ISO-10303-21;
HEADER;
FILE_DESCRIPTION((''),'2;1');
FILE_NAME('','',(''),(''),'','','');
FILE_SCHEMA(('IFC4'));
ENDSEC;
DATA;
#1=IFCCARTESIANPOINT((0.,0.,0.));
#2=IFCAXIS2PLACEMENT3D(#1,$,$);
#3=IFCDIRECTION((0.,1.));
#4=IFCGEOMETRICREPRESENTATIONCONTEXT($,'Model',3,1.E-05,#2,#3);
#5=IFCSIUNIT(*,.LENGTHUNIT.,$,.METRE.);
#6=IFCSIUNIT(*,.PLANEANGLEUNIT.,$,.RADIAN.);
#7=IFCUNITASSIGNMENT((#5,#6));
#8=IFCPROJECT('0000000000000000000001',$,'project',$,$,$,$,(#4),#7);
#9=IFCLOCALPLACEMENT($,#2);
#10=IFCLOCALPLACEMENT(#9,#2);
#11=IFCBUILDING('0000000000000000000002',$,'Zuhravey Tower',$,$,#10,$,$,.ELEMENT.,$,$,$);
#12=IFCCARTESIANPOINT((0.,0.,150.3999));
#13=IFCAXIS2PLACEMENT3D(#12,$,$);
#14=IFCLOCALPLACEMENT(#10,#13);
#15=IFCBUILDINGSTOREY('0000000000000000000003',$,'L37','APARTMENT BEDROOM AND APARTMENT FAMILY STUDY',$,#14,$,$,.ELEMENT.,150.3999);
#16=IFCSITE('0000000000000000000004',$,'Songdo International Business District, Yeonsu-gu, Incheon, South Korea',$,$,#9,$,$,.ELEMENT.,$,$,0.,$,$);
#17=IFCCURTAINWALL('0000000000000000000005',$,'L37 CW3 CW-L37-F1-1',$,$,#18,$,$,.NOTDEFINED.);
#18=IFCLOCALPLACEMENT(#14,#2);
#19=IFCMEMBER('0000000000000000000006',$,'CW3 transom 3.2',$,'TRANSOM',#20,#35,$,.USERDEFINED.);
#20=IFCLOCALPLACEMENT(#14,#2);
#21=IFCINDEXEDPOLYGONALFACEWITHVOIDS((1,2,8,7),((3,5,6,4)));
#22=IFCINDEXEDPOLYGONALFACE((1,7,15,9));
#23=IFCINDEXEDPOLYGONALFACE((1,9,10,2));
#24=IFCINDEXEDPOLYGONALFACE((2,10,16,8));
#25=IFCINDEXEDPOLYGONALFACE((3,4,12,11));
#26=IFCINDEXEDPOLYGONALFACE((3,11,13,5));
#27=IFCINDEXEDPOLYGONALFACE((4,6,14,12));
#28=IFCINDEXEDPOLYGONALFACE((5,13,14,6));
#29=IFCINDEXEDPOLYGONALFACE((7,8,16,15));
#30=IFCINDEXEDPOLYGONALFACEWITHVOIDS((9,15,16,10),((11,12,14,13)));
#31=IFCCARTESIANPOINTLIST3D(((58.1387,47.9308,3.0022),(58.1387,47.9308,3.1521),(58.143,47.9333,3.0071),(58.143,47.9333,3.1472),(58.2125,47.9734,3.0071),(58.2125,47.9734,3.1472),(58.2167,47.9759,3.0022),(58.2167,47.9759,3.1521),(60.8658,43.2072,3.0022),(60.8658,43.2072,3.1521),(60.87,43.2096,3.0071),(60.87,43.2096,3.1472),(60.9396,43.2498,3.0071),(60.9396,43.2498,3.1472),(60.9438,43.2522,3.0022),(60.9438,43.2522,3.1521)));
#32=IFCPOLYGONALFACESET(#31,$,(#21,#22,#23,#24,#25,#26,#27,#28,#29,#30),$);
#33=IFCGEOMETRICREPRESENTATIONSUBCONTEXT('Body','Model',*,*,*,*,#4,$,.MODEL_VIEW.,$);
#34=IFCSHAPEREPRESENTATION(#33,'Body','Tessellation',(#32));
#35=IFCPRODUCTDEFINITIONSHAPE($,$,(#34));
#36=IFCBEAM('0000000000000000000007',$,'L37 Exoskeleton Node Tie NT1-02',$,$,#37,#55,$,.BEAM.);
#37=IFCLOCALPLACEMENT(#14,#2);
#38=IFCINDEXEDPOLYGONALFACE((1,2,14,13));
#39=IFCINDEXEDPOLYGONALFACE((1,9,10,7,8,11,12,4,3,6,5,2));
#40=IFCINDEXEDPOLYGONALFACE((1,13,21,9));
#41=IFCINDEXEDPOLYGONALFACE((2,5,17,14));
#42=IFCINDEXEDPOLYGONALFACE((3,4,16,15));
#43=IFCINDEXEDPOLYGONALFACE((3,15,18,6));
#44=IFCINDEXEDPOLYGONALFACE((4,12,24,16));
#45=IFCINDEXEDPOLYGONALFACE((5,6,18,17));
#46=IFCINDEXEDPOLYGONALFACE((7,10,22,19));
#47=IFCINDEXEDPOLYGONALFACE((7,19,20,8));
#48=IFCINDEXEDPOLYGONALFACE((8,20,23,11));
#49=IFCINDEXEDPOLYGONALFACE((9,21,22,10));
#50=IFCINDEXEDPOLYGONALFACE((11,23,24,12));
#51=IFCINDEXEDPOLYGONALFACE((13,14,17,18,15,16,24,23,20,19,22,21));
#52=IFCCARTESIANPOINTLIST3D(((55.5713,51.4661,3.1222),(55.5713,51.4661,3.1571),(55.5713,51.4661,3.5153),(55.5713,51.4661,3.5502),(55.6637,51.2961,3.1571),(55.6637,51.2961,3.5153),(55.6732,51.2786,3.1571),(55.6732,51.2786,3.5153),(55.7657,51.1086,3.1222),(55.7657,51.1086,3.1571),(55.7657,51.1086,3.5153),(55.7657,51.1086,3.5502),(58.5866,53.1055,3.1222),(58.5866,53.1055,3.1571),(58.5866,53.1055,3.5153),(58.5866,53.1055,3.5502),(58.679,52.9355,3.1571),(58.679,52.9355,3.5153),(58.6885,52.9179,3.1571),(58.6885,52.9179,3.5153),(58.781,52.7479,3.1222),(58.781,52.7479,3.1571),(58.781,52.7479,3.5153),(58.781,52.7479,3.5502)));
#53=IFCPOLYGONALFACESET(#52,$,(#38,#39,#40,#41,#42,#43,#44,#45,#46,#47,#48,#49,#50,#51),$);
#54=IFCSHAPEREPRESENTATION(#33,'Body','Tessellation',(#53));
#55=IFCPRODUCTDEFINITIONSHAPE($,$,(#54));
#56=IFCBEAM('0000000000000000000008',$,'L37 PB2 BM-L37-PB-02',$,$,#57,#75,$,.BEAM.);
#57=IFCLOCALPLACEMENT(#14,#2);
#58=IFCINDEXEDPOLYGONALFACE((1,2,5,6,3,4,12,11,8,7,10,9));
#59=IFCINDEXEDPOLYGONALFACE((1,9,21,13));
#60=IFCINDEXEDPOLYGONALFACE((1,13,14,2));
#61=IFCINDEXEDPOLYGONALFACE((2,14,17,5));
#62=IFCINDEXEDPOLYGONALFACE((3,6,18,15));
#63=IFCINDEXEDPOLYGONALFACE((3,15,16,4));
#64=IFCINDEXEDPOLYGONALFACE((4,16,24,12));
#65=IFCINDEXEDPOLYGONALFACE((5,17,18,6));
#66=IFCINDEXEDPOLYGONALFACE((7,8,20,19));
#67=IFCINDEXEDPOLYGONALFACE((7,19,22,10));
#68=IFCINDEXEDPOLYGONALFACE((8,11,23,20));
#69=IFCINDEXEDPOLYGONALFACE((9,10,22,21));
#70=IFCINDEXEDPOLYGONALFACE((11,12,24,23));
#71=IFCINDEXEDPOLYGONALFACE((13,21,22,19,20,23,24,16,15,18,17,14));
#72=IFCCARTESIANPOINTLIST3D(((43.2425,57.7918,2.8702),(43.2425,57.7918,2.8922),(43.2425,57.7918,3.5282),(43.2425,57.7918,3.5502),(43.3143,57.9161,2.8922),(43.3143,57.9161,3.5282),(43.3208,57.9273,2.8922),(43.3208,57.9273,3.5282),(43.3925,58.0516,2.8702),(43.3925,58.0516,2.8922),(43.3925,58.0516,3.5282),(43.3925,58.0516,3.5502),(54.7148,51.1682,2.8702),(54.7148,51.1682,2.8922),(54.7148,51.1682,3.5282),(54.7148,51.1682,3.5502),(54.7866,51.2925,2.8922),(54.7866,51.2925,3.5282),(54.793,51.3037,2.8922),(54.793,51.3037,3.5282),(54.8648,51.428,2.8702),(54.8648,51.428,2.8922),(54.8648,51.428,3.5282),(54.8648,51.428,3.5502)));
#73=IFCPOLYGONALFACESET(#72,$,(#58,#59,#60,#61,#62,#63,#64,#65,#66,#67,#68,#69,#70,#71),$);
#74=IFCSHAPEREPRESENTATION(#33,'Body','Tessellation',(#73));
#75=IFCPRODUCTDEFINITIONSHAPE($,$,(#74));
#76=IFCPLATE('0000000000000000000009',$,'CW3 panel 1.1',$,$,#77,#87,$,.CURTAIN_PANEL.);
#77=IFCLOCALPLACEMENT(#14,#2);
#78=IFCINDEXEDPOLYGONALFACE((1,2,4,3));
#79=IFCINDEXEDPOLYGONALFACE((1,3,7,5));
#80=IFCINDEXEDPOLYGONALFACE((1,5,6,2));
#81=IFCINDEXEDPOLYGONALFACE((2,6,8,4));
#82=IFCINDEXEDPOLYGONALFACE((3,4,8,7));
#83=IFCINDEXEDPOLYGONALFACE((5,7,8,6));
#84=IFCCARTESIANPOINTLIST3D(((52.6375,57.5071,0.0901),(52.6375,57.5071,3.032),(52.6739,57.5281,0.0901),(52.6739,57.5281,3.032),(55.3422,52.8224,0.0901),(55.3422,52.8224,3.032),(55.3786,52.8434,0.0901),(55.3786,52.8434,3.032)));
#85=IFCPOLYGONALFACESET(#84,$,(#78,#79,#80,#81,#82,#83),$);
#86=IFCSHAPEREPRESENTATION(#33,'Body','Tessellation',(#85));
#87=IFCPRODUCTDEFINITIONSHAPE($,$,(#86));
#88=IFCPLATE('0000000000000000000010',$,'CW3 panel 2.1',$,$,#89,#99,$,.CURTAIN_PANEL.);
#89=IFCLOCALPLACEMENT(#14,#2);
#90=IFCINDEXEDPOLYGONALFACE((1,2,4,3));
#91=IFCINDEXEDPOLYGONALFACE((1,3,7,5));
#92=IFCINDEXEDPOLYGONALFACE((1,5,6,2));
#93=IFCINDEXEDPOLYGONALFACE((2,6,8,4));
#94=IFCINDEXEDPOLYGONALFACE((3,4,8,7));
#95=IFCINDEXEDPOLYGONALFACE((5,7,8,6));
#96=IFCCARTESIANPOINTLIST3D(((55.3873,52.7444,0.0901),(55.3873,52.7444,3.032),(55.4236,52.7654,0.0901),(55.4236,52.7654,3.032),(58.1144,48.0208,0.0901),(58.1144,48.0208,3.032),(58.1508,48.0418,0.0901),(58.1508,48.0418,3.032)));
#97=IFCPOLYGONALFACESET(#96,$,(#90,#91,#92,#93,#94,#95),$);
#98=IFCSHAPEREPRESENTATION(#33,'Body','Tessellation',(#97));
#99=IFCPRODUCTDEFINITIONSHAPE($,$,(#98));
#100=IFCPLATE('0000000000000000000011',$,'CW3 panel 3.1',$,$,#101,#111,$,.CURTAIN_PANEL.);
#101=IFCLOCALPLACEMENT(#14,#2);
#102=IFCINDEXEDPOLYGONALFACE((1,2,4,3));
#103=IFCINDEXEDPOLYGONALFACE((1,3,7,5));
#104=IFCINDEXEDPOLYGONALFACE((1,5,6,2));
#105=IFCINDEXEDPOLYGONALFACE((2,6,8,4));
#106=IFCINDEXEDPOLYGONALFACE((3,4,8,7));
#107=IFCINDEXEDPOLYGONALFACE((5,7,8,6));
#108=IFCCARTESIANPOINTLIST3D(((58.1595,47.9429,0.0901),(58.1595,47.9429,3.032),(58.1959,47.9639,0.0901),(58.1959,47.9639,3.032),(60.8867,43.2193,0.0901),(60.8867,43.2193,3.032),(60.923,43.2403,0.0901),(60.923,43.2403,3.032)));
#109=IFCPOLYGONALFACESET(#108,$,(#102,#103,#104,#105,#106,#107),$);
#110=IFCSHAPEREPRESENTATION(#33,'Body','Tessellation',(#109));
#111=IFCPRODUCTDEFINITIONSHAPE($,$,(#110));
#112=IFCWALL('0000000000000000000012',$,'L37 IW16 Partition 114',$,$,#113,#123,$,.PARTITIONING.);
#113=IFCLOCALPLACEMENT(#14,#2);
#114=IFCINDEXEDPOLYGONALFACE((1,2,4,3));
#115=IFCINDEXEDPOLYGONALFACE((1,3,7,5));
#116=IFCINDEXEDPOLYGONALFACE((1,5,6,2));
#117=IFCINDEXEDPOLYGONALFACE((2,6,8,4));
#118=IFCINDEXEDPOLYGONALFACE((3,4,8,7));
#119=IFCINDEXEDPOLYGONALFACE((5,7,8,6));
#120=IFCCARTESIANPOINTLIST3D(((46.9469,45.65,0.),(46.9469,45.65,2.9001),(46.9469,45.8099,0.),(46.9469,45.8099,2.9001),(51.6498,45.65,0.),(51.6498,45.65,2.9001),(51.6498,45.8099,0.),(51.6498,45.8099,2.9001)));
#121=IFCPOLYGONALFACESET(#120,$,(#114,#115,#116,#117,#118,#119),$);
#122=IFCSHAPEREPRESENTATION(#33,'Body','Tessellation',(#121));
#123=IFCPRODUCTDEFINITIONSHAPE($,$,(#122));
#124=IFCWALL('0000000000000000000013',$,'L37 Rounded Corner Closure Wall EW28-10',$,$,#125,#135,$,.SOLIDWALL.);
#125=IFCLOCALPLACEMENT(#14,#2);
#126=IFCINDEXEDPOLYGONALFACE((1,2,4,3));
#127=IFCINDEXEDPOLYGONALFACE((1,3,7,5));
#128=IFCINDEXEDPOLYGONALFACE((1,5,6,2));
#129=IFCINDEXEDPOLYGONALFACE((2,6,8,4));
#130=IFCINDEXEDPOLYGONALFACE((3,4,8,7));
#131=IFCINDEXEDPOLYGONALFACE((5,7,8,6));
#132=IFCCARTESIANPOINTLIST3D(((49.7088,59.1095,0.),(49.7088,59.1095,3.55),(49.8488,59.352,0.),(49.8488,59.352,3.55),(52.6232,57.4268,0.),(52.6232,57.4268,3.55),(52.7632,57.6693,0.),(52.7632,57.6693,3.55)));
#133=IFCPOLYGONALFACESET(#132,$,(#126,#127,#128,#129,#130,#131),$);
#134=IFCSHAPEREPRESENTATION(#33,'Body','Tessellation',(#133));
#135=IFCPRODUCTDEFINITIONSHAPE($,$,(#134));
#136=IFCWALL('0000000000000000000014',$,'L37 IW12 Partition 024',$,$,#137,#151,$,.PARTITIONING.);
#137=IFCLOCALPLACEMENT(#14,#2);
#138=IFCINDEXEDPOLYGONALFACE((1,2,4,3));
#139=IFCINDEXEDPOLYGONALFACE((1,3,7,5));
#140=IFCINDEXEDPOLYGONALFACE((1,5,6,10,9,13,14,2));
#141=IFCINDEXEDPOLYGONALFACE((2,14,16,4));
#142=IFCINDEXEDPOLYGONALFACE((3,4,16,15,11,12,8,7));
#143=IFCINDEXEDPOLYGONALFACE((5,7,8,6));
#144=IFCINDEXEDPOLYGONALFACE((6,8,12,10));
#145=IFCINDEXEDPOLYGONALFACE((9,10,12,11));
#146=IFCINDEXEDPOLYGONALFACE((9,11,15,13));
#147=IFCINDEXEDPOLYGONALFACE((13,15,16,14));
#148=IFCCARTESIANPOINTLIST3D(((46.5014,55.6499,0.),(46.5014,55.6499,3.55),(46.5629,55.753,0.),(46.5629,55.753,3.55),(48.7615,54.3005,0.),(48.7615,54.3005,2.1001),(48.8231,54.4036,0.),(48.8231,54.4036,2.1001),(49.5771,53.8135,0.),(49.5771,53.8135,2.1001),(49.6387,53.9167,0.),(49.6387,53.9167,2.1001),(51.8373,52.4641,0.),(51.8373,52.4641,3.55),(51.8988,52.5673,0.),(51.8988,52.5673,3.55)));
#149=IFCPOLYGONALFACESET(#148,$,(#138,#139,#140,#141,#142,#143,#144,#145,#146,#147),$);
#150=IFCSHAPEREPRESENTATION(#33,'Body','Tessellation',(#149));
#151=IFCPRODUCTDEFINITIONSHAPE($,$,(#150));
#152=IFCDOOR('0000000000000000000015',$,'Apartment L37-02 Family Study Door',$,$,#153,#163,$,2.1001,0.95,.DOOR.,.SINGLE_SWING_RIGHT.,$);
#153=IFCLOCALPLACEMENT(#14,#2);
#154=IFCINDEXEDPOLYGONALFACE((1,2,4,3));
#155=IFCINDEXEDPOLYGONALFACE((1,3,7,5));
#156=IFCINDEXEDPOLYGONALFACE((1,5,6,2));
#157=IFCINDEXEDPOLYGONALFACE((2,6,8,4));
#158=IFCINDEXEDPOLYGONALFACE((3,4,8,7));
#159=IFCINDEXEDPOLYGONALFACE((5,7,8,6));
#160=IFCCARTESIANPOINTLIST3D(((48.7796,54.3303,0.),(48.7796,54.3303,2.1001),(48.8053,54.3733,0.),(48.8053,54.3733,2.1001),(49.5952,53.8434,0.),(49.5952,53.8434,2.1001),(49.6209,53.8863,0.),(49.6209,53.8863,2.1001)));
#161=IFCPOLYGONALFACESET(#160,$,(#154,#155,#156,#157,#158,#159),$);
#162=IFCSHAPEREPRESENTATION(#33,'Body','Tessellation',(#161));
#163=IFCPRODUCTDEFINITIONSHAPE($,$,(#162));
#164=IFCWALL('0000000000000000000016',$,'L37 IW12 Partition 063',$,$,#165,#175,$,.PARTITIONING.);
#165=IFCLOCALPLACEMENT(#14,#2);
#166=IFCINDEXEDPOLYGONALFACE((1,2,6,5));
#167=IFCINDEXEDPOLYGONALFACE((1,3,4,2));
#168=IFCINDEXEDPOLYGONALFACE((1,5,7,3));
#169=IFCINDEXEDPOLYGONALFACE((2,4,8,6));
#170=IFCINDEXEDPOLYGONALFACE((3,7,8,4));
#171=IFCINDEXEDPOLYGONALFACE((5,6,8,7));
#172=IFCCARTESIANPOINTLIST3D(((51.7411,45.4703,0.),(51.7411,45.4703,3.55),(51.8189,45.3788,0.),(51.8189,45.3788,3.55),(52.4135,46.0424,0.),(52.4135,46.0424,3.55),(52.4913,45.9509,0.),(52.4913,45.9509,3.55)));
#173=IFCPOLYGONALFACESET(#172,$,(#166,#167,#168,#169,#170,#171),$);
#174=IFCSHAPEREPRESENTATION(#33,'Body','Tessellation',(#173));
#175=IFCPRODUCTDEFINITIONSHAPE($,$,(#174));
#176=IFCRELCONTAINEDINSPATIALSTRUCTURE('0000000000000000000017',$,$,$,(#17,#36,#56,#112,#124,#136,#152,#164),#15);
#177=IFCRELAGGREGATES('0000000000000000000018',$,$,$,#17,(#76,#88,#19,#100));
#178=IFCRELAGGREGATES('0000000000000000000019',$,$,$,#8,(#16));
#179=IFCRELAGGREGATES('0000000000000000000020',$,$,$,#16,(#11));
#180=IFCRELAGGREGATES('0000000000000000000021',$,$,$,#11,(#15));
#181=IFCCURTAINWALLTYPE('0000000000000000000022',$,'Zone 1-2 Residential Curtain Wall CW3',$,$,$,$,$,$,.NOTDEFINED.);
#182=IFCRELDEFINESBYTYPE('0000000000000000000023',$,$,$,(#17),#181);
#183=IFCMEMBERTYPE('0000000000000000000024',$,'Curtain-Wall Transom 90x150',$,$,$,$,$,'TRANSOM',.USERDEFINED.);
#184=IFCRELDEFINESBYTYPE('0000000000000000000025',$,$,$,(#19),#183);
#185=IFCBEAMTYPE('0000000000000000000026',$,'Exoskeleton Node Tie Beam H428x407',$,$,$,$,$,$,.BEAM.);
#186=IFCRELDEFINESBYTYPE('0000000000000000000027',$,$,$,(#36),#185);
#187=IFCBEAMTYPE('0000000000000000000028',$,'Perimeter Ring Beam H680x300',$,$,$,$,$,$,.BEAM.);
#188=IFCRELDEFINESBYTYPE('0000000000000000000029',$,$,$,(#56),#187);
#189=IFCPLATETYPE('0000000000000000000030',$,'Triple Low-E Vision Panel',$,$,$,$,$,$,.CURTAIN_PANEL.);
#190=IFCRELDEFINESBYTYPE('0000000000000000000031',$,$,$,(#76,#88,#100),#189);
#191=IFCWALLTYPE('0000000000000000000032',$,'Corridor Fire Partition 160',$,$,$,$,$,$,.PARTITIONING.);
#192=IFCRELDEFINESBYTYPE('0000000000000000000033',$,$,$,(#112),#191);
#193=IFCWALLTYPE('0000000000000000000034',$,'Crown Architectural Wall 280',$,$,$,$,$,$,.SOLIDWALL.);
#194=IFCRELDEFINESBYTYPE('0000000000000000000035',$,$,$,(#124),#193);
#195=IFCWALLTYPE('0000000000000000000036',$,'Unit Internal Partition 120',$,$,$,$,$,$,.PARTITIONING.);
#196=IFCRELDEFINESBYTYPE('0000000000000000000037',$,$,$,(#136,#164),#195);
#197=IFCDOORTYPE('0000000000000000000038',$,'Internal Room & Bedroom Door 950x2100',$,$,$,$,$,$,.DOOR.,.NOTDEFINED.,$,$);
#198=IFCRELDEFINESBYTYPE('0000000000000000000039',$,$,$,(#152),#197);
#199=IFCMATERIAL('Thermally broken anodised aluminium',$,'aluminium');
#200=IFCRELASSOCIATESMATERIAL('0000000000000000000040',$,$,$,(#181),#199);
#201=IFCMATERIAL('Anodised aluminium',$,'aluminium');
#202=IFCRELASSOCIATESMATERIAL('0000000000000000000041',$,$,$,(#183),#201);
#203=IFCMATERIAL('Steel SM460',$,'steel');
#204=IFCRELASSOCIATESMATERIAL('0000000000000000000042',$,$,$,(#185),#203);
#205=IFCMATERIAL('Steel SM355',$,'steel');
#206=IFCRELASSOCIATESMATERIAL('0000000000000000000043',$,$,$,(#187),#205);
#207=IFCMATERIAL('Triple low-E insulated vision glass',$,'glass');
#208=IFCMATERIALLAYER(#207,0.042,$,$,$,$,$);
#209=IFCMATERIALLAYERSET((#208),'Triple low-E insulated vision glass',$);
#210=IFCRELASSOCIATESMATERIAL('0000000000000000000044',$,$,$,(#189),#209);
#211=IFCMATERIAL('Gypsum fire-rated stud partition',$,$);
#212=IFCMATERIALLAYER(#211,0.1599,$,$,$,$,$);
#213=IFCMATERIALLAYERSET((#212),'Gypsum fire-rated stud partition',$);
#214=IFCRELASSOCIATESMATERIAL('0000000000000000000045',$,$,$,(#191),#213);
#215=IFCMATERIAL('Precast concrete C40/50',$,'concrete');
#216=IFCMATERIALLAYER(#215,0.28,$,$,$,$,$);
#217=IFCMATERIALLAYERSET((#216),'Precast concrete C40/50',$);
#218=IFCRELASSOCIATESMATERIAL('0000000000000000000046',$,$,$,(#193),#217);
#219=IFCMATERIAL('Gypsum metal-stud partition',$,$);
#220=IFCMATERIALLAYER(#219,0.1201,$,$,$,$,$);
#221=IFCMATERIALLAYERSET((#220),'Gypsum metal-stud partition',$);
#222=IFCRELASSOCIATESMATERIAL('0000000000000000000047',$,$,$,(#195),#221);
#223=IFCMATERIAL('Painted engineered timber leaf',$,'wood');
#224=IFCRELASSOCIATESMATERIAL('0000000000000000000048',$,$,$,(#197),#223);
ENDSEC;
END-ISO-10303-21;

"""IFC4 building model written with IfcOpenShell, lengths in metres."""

from ifc_helpers import new_model, si_unit, direction, frame, frame_2d, origin, origin_2d, place, context, subcontext, project, spatial, rectangle, hollow_rectangle, i_section, extrude, material, layer, layer_set, material_profile, profile_set, type_object, element, fill, aggregate, save


model = new_model("IFC4")

# Units and contexts
model_context = context("Model", 3, precision=1e-05, world=origin(), true_north=direction((0.0, 1.0)))
body_context = subcontext(model_context, "Body", "Model", "MODEL_VIEW")
ifc_project = project(units=[si_unit("LENGTHUNIT", "METRE"), si_unit("PLANEANGLEUNIT", "RADIAN")], contexts=[model_context])

# Site, building, storey
site_placement = place(None, origin())
site = spatial("IfcSite", under=ifc_project, at=site_placement, Name="Songdo International Business District, Yeonsu-gu, Incheon, South Korea", CompositionType="ELEMENT", RefElevation=0.0)
building_placement = place(site_placement, origin())
building = spatial("IfcBuilding", under=site, at=building_placement, Name="Zuhravey Tower", CompositionType="ELEMENT")
storey_placement = place(building_placement, frame((0.0, 0.0, 150.3999)))
storey = spatial("IfcBuildingStorey", under=building, at=storey_placement, Name="L37", Description="APARTMENT BEDROOM AND APARTMENT FAMILY STUDY", CompositionType="ELEMENT", Elevation=150.3999)

# Shared definitions
ifc_material_1 = material(Name="Thermally broken anodised aluminium", Category="aluminium")
curtain_wall_type = type_object("IfcCurtainWallType", Name="Zone 1-2 Residential Curtain Wall CW3", PredefinedType="NOTDEFINED", material=ifc_material_1)
ifc_material_2 = material(Name="Anodised aluminium", Category="aluminium")

# Curtain wall, member
curtain_wall_1_placement = place(storey_placement, origin())
curtain_wall_1 = element("IfcCurtainWall", 1, at=curtain_wall_1_placement, inside=storey, type_object=curtain_wall_type, Name="L37 CW3 CW-L37-F1-1", PredefinedType="NOTDEFINED")
ifc_material_profile_1 = material_profile(ifc_material_2, hollow_rectangle(XDim=0.0901, YDim=0.1499, WallThickness=0.0049, at=origin_2d()), Name="ALU-RHS-90x150x5")
ifc_profile_set_1 = profile_set([ifc_material_profile_1], Name="Anodised aluminium")
member_type_1 = type_object("IfcMemberType", Name="Curtain-Wall Transom 90x150", ElementType="TRANSOM", PredefinedType="USERDEFINED", material=ifc_profile_set_1)
member_1_placement = place(storey_placement, frame((58.1777, 47.9534, 3.0771), z_axis=(0.499981, -0.866037, 0.0), x_axis=(0.866037, 0.499981, 0.0)))
member_1 = element("IfcMember", 2, at=member_1_placement, type_object=member_type_1, Name="CW3 transom 3.2", ObjectType="TRANSOM", PredefinedType="USERDEFINED", context=body_context, shape_type="SweptSolid", body=[
    extrude(hollow_rectangle(XDim=0.0901, YDim=0.1499, WallThickness=0.0049, at=origin_2d()), origin(), (0.0, 0.0, 1.0), 5.4543),
])

# Beams
ifc_material_3 = material(Name="Steel SM460", Category="steel")
ifc_material_profile_2 = material_profile(ifc_material_3, i_section(OverallWidth=0.407, OverallDepth=0.428, WebThickness=0.02, FlangeThickness=0.0349, at=origin_2d()), Name="H-428x407x20x35")
ifc_profile_set_2 = profile_set([ifc_material_profile_2], Name="Steel SM460")
beam_type_1 = type_object("IfcBeamType", Name="Exoskeleton Node Tie Beam H428x407", PredefinedType="BEAM", material=ifc_profile_set_2)
beam_1_placement = place(storey_placement, frame((55.6685, 51.2874, 3.3362), z_axis=(0.87855, 0.477651, 0.0), x_axis=(-0.477651, 0.87855, 0.0)))
element("IfcBeam", 3, at=beam_1_placement, inside=storey, type_object=beam_type_1, Name="L37 Exoskeleton Node Tie NT1-02", PredefinedType="BEAM", context=body_context, shape_type="SweptSolid", body=[
    extrude(i_section(OverallWidth=0.407, OverallDepth=0.428, WebThickness=0.02, FlangeThickness=0.0349, at=origin_2d()), origin(), (0.0, 0.0, 1.0), 3.4321),
])
ifc_material_4 = material(Name="Steel SM355", Category="steel")
ifc_material_profile_3 = material_profile(ifc_material_4, i_section(OverallWidth=0.3, OverallDepth=0.6799, WebThickness=0.0129, FlangeThickness=0.022, at=origin_2d()), Name="H-680x300x13x22")
ifc_profile_set_3 = profile_set([ifc_material_profile_3], Name="Steel SM355")
beam_type_2 = type_object("IfcBeamType", Name="Perimeter Ring Beam H680x300", PredefinedType="BEAM", material=ifc_profile_set_3)
beam_2_placement = place(storey_placement, frame((54.7898, 51.2981, 3.2102), z_axis=(-0.866023, 0.500004, 0.0), x_axis=(-0.500004, -0.866023, 0.0)))
element("IfcBeam", 4, at=beam_2_placement, inside=storey, type_object=beam_type_2, Name="L37 PB2 BM-L37-PB-02", PredefinedType="BEAM", context=body_context, shape_type="SweptSolid", body=[
    extrude(i_section(OverallWidth=0.3, OverallDepth=0.6799, WebThickness=0.0129, FlangeThickness=0.022, at=origin_2d()), origin(), (0.0, 0.0, 1.0), 13.2471),
])

# Plates
ifc_material_5 = material(Name="Triple low-E insulated vision glass", Category="glass")
ifc_layer_1 = layer(ifc_material_5, 0.042)
ifc_layer_set_1 = layer_set([ifc_layer_1], Name="Triple low-E insulated vision glass")
plate_type = type_object("IfcPlateType", Name="Triple Low-E Vision Panel", PredefinedType="CURTAIN_PANEL", material=ifc_layer_set_1)
plate_1_placement = place(storey_placement, frame((54.0081, 55.1753, 0.0901), z_axis=(0.0, 0.0, 1.0), x_axis=(0.5, -0.866025, 0.0)))
plate_1 = element("IfcPlate", 5, at=plate_1_placement, type_object=plate_type, Name="CW3 panel 1.1", PredefinedType="CURTAIN_PANEL", context=body_context, shape_type="SweptSolid", body=[
    extrude(rectangle(XDim=5.4094, YDim=0.042, at=origin_2d()), origin(), (0.0, 0.0, 1.0), 2.9419),
])
plate_2_placement = place(storey_placement, frame((56.769, 50.3931, 0.0901), z_axis=(0.0, 0.0, 1.0), x_axis=(0.5, -0.866025, 0.0)))
plate_2 = element("IfcPlate", 6, at=plate_2_placement, type_object=plate_type, Name="CW3 panel 2.1", PredefinedType="CURTAIN_PANEL", context=body_context, shape_type="SweptSolid", body=[
    extrude(rectangle(XDim=5.4543, YDim=0.042, at=origin_2d()), origin(), (0.0, 0.0, 1.0), 2.9419),
])
plate_3_placement = place(storey_placement, frame((59.5413, 45.5916, 0.0901), z_axis=(0.0, 0.0, 1.0), x_axis=(0.5, -0.866025, 0.0)))
plate_3 = element("IfcPlate", 7, at=plate_3_placement, type_object=plate_type, Name="CW3 panel 3.1", PredefinedType="CURTAIN_PANEL", context=body_context, shape_type="SweptSolid", body=[
    extrude(rectangle(XDim=5.4543, YDim=0.042, at=origin_2d()), origin(), (0.0, 0.0, 1.0), 2.9419),
])
aggregate(curtain_wall_1, [plate_1, plate_2, member_1, plate_3])

# Walls
ifc_material_6 = material(Name="Gypsum fire-rated stud partition")
ifc_layer_2 = layer(ifc_material_6, 0.1599)
ifc_layer_set_2 = layer_set([ifc_layer_2], Name="Gypsum fire-rated stud partition")
wall_type_1 = type_object("IfcWallType", Name="Corridor Fire Partition 160", PredefinedType="PARTITIONING", material=ifc_layer_set_2)
wall_1_placement = place(storey_placement, frame((51.6499, 45.73, 0.0), z_axis=(0.0, 0.0, 1.0), x_axis=(-1.0, 0.0, 0.0)))
element("IfcWall", 8, at=wall_1_placement, inside=storey, type_object=wall_type_1, Name="L37 IW16 Partition 114", PredefinedType="PARTITIONING", context=body_context, shape_type="SweptSolid", body=[
    extrude(rectangle(XDim=4.7029, YDim=0.1599, at=frame_2d((2.3516, 0.0))), origin(), (0.0, 0.0, 1.0), 2.9001),
])
ifc_material_7 = material(Name="Precast concrete C40/50", Category="concrete")
ifc_layer_3 = layer(ifc_material_7, 0.28)
ifc_layer_set_3 = layer_set([ifc_layer_3], Name="Precast concrete C40/50")
wall_type_2 = type_object("IfcWallType", Name="Crown Architectural Wall 280", PredefinedType="SOLIDWALL", material=ifc_layer_set_3)
wall_2_placement = place(storey_placement, frame((49.7788, 59.2307, 0.0), z_axis=(0.0, 0.0, 1.0), x_axis=(0.86602, -0.500009, 0.0)))
element("IfcWall", 9, at=wall_2_placement, inside=storey, type_object=wall_type_2, Name="L37 Rounded Corner Closure Wall EW28-10", PredefinedType="SOLIDWALL", context=body_context, shape_type="SweptSolid", body=[
    extrude(rectangle(XDim=3.3652, YDim=0.28, at=frame_2d((1.6826, 0.0))), origin(), (0.0, 0.0, 1.0), 3.55),
])

# Wall, opening, door
ifc_material_8 = material(Name="Gypsum metal-stud partition")
ifc_layer_4 = layer(ifc_material_8, 0.1201)
ifc_layer_set_4 = layer_set([ifc_layer_4], Name="Gypsum metal-stud partition")
wall_type_3 = type_object("IfcWallType", Name="Unit Internal Partition 120", PredefinedType="PARTITIONING", material=ifc_layer_set_4)
wall_3_placement = place(storey_placement, frame((51.8682, 52.5156, 0.0), z_axis=(0.0, 0.0, 1.0), x_axis=(-0.858611, 0.512629, 0.0)))
wall_3 = element("IfcWall", 10, at=wall_3_placement, inside=storey, type_object=wall_type_3, Name="L37 IW12 Partition 024", PredefinedType="PARTITIONING", context=body_context, shape_type="SweptSolid", body=[
    extrude(rectangle(XDim=6.2146, YDim=0.1201, at=frame_2d((3.1074, 0.0))), origin(), (0.0, 0.0, 1.0), 3.55),
])
opening_placement = place(wall_3_placement, frame((2.6323, 0.0, 0.0)))
opening = element("IfcOpeningElement", 11, at=opening_placement, cuts=wall_3, PredefinedType="OPENING", context=body_context, shape_type="SweptSolid", body=[
    extrude(rectangle(XDim=0.95, YDim=2.1001, at=frame_2d((0.4751, 1.05))), frame((0.0, 0.072, 0.0), z_axis=(0.0, -1.0, 0.0), x_axis=(1.0, 0.0, 0.0)), (0.0, 0.0, 1.0), 0.144),
])
ifc_material_9 = material(Name="Painted engineered timber leaf", Category="wood")
door_type = type_object("IfcDoorType", Name="Internal Room & Bedroom Door 950x2100", OperationType="NOTDEFINED", PredefinedType="DOOR", material=ifc_material_9)
door_placement = place(opening_placement, frame((0.95, 0.0, 0.0), z_axis=(0.0, 0.0, 1.0), x_axis=(-1.0, 0.0, 0.0)))
door = element("IfcDoor", 12, at=door_placement, inside=storey, type_object=door_type, Name="Apartment L37-02 Family Study Door", OperationType="SINGLE_SWING_RIGHT", OverallHeight=2.1001, OverallWidth=0.95, PredefinedType="DOOR", context=body_context, shape_type="SweptSolid", body=[
    extrude(rectangle(XDim=0.95, YDim=2.1001, at=frame_2d((0.4751, 1.05))), frame((0.0, 0.0249, 0.0), z_axis=(0.0, -1.0, 0.0), x_axis=(1.0, 0.0, 0.0)), (0.0, 0.0, 1.0), 0.05),
])
fill(opening, door)

# Wall
wall_4_placement = place(storey_placement, frame((51.78, 45.4246, 0.0), z_axis=(0.0, 0.0, 1.0), x_axis=(0.761653, 0.647986, 0.0)))
element("IfcWall", 13, at=wall_4_placement, inside=storey, type_object=wall_type_3, Name="L37 IW12 Partition 063", PredefinedType="PARTITIONING", context=body_context, shape_type="SweptSolid", body=[
    extrude(rectangle(XDim=0.8828, YDim=0.1201, at=frame_2d((0.4414, 0.0))), origin(), (0.0, 0.0, 1.0), 3.55),
])

save(model, "model.ifc")
